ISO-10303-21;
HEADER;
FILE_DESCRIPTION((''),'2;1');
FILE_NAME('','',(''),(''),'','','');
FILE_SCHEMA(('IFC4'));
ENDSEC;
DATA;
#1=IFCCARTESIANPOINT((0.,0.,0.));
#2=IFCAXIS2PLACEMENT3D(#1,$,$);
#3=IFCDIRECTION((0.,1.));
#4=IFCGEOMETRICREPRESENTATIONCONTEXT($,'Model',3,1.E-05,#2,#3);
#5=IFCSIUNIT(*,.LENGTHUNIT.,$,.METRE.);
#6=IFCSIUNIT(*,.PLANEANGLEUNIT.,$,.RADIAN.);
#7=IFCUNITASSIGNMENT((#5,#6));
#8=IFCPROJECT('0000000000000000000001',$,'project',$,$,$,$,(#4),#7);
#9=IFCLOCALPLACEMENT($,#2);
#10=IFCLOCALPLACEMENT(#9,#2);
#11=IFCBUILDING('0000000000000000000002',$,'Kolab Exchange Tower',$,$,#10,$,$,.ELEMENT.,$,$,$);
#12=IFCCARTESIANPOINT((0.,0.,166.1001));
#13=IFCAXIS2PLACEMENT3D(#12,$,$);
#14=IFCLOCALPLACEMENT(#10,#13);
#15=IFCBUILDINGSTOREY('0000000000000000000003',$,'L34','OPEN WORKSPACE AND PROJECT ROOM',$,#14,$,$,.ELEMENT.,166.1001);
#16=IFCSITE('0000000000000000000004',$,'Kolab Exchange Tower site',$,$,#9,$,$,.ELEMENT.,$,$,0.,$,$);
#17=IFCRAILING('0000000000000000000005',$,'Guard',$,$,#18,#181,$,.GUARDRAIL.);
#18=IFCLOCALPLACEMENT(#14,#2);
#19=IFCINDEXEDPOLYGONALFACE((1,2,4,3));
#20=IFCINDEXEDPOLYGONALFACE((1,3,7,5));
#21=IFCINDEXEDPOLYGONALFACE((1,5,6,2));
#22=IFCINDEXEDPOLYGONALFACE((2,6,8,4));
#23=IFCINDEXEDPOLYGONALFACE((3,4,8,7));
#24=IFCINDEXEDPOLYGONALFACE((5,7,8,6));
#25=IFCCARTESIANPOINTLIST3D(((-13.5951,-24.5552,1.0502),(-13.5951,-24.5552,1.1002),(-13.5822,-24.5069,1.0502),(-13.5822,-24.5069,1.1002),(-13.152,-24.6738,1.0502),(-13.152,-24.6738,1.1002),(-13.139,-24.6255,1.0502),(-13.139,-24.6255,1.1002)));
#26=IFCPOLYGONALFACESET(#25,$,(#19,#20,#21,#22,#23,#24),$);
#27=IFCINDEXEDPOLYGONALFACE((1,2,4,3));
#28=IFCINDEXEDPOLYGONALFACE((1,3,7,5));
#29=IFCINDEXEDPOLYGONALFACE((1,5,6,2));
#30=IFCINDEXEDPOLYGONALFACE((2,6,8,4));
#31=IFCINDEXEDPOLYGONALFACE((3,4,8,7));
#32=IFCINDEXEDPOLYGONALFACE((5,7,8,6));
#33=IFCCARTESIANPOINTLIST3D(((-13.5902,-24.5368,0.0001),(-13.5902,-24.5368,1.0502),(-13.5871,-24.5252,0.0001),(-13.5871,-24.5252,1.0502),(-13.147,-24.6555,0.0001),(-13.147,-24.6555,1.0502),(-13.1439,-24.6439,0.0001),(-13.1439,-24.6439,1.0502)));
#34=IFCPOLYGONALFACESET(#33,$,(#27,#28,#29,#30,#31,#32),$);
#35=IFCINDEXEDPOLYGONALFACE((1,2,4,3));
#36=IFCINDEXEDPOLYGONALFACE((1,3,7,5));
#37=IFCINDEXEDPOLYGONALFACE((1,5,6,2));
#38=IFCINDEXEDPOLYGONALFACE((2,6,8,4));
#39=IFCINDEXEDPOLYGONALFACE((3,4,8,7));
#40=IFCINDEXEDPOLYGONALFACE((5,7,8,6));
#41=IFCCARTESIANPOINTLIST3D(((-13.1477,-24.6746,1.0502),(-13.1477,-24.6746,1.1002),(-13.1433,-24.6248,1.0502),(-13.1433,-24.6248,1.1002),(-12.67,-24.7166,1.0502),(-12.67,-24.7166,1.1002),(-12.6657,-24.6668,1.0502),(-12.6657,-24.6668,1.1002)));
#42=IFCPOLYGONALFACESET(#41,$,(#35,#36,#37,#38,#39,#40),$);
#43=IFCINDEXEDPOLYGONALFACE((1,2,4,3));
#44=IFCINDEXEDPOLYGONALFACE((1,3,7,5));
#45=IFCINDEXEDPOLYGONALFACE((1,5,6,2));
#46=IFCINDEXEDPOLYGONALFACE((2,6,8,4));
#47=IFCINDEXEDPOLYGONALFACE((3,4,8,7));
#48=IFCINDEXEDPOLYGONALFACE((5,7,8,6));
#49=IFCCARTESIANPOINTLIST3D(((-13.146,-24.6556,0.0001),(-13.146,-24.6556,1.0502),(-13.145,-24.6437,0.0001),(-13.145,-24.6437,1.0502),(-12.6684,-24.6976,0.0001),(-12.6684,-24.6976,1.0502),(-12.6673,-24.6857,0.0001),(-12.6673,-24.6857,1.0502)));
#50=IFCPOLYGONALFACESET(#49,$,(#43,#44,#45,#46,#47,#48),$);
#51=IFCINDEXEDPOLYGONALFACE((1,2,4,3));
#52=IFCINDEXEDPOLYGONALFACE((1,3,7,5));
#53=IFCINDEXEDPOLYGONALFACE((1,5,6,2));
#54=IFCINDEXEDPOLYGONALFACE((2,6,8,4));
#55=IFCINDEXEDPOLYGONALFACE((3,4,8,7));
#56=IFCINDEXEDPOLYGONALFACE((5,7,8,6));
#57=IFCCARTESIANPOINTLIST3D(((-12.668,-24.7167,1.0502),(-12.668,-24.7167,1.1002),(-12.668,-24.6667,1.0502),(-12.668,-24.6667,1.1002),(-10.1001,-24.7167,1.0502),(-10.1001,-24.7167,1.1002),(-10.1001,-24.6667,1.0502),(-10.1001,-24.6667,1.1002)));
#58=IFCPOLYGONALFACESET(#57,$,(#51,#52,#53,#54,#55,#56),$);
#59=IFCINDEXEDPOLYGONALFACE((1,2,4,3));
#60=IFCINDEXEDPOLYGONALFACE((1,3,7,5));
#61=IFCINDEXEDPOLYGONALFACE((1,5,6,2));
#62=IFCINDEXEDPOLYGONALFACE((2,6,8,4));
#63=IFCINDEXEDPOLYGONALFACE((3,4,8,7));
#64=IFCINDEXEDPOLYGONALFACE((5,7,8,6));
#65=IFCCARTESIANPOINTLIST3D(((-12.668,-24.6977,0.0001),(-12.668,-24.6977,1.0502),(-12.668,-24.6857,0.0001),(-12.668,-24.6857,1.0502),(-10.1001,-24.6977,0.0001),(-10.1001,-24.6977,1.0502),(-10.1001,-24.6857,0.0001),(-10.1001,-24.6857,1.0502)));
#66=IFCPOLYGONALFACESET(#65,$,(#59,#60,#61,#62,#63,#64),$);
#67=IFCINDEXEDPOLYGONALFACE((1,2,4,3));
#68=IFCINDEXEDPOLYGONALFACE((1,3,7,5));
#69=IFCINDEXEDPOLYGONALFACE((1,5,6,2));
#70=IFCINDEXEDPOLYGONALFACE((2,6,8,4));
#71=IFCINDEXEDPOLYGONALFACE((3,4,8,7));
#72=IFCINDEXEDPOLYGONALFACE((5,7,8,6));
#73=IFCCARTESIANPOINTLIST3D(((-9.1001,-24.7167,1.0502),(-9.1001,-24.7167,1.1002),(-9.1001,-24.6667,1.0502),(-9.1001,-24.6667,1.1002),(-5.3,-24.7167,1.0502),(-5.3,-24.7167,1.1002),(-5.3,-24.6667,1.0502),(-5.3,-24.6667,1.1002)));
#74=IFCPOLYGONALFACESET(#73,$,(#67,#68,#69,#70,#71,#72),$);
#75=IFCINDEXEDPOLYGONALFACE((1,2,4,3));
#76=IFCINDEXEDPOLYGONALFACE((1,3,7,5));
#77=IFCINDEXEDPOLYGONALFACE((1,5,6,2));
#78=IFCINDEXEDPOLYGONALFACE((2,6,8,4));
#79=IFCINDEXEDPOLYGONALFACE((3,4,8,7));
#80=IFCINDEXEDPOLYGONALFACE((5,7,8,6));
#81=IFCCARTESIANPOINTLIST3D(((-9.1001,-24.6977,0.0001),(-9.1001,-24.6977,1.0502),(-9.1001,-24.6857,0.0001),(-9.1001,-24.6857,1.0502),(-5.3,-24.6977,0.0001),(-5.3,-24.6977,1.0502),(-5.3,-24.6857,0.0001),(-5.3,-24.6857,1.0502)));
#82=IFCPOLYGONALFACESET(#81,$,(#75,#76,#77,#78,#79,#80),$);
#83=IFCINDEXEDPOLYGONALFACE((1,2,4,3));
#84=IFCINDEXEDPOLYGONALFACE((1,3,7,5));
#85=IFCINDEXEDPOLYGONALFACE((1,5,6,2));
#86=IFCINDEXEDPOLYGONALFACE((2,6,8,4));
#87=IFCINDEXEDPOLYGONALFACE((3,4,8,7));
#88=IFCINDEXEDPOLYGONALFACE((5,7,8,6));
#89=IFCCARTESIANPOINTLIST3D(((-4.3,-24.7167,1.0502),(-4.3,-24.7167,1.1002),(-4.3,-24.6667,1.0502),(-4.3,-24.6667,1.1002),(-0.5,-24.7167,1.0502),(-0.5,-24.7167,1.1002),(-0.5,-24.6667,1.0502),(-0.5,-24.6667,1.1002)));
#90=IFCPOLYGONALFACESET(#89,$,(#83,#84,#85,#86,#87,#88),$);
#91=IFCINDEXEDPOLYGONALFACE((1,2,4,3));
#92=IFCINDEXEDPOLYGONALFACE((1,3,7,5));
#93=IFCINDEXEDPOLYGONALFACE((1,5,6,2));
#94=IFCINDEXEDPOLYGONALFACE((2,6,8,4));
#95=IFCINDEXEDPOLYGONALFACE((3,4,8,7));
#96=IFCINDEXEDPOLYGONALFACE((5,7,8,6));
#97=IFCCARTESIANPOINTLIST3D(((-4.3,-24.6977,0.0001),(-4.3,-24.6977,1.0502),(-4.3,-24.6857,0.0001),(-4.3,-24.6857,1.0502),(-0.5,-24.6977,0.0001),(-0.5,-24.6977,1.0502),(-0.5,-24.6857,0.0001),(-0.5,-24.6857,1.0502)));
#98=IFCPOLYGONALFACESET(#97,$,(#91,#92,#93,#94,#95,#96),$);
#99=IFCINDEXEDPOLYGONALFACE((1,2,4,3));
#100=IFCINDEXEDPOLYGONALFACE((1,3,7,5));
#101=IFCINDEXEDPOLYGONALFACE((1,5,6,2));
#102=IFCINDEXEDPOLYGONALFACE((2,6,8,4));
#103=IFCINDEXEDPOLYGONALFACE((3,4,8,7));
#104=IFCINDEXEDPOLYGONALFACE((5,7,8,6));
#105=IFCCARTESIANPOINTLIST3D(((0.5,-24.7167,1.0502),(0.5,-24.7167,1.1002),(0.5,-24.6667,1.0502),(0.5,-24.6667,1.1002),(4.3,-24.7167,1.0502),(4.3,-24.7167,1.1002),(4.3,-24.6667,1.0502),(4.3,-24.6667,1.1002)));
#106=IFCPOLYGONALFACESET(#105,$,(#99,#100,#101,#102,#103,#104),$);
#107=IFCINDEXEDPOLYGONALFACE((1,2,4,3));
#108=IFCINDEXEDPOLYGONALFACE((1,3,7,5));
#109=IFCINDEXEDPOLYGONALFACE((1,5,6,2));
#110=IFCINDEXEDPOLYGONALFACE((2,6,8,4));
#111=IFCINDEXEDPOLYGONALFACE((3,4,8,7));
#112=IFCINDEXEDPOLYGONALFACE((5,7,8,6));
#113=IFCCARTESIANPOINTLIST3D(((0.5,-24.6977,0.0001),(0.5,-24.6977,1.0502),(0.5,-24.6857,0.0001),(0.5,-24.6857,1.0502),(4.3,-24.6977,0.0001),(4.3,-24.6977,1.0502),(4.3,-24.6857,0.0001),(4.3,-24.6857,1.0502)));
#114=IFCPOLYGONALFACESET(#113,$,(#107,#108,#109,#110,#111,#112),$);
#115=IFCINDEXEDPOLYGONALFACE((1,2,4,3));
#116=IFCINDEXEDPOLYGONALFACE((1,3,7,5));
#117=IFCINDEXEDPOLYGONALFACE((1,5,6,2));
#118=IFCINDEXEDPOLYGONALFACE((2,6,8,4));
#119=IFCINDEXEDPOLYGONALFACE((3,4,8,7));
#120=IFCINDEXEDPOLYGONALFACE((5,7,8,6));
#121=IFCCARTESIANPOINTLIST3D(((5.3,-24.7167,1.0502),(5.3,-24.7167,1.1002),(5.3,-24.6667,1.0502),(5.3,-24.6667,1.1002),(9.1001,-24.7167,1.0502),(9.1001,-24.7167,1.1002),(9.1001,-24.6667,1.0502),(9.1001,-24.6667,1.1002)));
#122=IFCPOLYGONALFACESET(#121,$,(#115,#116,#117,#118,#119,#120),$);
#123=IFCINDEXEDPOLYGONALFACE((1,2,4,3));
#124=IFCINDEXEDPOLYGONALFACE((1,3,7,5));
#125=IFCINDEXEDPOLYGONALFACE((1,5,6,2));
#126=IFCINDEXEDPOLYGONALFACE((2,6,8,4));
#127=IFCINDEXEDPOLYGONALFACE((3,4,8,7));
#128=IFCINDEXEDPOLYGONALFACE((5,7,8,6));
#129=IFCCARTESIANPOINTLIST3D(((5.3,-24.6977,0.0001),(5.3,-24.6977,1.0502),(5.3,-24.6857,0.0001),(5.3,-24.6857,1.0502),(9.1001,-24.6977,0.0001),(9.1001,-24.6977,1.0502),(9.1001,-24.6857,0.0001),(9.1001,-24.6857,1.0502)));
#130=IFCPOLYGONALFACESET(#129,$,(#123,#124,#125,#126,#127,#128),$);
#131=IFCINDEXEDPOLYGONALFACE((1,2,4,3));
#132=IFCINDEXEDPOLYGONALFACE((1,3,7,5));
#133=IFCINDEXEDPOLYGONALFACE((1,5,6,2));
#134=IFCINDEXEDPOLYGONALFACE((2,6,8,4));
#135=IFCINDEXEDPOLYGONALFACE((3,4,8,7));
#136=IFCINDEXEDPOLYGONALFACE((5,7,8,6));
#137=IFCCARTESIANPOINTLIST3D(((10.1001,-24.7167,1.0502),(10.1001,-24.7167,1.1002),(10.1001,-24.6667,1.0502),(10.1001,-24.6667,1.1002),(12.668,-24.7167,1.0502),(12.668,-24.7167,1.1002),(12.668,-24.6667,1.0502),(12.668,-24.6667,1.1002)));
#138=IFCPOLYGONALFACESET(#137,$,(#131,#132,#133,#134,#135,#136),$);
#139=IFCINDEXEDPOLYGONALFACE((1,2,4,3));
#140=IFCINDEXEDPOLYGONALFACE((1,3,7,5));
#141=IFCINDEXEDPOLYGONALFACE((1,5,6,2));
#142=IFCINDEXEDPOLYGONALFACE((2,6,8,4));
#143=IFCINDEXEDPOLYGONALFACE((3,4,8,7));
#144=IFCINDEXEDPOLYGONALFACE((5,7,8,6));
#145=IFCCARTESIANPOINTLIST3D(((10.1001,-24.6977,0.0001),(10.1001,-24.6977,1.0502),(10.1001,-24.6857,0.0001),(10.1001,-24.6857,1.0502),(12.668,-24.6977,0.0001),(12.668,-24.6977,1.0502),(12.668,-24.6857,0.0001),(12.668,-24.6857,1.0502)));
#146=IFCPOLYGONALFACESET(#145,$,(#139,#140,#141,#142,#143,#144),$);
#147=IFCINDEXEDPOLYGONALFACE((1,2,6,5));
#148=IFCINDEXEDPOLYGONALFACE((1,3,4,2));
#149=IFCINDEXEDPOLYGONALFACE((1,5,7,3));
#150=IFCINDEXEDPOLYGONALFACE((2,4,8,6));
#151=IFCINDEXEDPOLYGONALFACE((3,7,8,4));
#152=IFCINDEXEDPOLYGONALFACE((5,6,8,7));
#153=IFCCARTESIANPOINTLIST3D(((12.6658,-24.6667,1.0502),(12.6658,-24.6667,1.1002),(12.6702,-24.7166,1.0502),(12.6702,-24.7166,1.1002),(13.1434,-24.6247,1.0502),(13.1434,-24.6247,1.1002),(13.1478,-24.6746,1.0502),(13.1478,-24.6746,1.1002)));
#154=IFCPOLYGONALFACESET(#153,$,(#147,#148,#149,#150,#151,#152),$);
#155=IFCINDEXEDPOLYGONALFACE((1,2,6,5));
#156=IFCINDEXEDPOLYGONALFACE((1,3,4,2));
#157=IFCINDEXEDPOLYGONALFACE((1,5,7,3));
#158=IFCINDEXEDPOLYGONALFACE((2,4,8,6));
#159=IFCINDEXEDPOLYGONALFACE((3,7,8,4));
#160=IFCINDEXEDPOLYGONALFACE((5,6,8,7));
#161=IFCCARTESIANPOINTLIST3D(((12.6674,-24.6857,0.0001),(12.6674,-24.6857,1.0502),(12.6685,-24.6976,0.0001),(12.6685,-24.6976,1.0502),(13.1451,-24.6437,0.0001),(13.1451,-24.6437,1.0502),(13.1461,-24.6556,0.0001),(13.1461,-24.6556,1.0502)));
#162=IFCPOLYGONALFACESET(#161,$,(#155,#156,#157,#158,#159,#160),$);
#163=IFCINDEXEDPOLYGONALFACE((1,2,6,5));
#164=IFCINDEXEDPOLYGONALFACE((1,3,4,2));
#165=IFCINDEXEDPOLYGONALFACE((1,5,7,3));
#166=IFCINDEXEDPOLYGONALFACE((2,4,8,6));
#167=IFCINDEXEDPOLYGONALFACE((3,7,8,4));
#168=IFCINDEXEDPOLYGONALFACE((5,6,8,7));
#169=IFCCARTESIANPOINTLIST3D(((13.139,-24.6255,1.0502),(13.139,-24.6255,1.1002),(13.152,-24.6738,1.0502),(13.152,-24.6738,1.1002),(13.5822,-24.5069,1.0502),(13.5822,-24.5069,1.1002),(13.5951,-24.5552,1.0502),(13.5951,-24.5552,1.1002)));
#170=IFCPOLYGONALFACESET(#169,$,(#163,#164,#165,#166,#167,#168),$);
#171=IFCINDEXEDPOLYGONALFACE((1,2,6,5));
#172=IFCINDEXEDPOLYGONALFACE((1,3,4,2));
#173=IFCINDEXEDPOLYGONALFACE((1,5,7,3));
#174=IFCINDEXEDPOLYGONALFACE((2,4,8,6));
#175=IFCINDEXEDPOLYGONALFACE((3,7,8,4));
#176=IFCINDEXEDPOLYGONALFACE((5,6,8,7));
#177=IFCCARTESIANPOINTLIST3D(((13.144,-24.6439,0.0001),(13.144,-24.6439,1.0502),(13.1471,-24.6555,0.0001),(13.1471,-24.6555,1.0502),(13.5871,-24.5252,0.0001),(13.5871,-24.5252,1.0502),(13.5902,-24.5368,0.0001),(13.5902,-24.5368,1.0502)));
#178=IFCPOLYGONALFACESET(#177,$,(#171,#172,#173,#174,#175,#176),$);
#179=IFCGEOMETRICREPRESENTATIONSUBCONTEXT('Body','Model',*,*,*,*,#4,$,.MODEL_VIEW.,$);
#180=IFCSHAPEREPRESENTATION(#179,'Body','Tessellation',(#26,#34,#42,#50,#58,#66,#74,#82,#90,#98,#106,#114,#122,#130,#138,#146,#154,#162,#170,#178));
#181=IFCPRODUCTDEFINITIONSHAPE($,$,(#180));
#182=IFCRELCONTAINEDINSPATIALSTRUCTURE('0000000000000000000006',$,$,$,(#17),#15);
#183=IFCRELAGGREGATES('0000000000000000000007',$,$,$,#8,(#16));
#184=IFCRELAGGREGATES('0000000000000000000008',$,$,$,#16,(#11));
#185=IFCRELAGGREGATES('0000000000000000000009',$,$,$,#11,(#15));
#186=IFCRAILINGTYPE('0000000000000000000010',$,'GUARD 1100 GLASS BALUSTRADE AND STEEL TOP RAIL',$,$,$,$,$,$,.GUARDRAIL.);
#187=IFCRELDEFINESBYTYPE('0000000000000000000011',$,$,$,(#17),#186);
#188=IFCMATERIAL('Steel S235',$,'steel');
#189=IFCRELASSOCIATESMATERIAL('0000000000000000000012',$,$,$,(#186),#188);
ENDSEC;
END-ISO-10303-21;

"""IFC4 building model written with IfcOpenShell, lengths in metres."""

from ifc_helpers import new_model, si_unit, direction, frame, frame_2d, origin, origin_2d, place, context, subcontext, project, spatial, rectangle, extrude, material, type_object, element, save


model = new_model("IFC4")

# Units and contexts
model_context = context("Model", 3, precision=1e-05, world=origin(), true_north=direction((0.0, 1.0)))
body_context = subcontext(model_context, "Body", "Model", "MODEL_VIEW")
ifc_project = project(units=[si_unit("LENGTHUNIT", "METRE"), si_unit("PLANEANGLEUNIT", "RADIAN")], contexts=[model_context])

# Site, building, storey
site_placement = place(None, origin())
site = spatial("IfcSite", under=ifc_project, at=site_placement, Name="Kolab Exchange Tower site", CompositionType="ELEMENT", RefElevation=0.0)
building_placement = place(site_placement, origin())
building = spatial("IfcBuilding", under=site, at=building_placement, Name="Kolab Exchange Tower", CompositionType="ELEMENT")
storey_placement = place(building_placement, frame((0.0, 0.0, 166.1001)))
storey = spatial("IfcBuildingStorey", under=building, at=storey_placement, Name="L34", Description="OPEN WORKSPACE AND PROJECT ROOM", CompositionType="ELEMENT", Elevation=166.1001)

# Shared definitions
ifc_material_1 = material(Name="Steel S235", Category="steel")

# Railing
railing_type = type_object("IfcRailingType", Name="GUARD 1100 GLASS BALUSTRADE AND STEEL TOP RAIL", PredefinedType="GUARDRAIL", material=ifc_material_1)
railing_placement = place(storey_placement, frame((-13.5886, -24.531, 0.0)))
element("IfcRailing", 1, at=railing_placement, inside=storey, type_object=railing_type, Name="Guard", PredefinedType="GUARDRAIL", context=body_context, shape_type="SweptSolid", body=[
    extrude(rectangle(XDim=0.05, YDim=0.05, at=origin_2d()), frame((0.0, 0.0, 1.0752), z_axis=(0.965969, -0.258656, 0.0), x_axis=(0.258656, 0.965969, 0.0)), (0.0, 0.0, 1.0), 0.4587),
    extrude(rectangle(XDim=0.012, YDim=1.0501, at=frame_2d((0.0, 0.5251))), frame((0.0, 0.0, 0.0), z_axis=(0.965969, -0.258656, 0.0), x_axis=(0.258656, 0.965969, 0.0)), (0.0, 0.0, 1.0), 0.4587),
    extrude(rectangle(XDim=0.05, YDim=0.05, at=origin_2d()), frame((0.4431, -0.1187, 1.0752), z_axis=(0.996156, -0.087597, 0.0), x_axis=(0.087597, 0.996156, 0.0)), (0.0, 0.0, 1.0), 0.4795),
    extrude(rectangle(XDim=0.012, YDim=1.0501, at=frame_2d((0.0, 0.5251))), frame((0.4431, -0.1187, 0.0), z_axis=(0.996156, -0.087597, 0.0), x_axis=(0.087597, 0.996156, 0.0)), (0.0, 0.0, 1.0), 0.4795),
    extrude(rectangle(XDim=0.05, YDim=0.05, at=origin_2d()), frame((0.9207, -0.1606, 1.0752), z_axis=(1.0, 0.0, 0.0), x_axis=(0.0, 1.0, 0.0)), (0.0, 0.0, 1.0), 2.5679),
    extrude(rectangle(XDim=0.012, YDim=1.0501, at=frame_2d((0.0, 0.5251))), frame((0.9207, -0.1606, 0.0), z_axis=(1.0, 0.0, 0.0), x_axis=(0.0, 1.0, 0.0)), (0.0, 0.0, 1.0), 2.5679),
    extrude(rectangle(XDim=0.05, YDim=0.05, at=origin_2d()), frame((4.4885, -0.1606, 1.0752), z_axis=(1.0, 0.0, 0.0), x_axis=(0.0, 1.0, 0.0)), (0.0, 0.0, 1.0), 3.8),
    extrude(rectangle(XDim=0.012, YDim=1.0501, at=frame_2d((0.0, 0.5251))), frame((4.4885, -0.1606, 0.0), z_axis=(1.0, 0.0, 0.0), x_axis=(0.0, 1.0, 0.0)), (0.0, 0.0, 1.0), 3.8),
    extrude(rectangle(XDim=0.05, YDim=0.05, at=origin_2d()), frame((9.2886, -0.1606, 1.0752), z_axis=(1.0, 0.0, 0.0), x_axis=(0.0, 1.0, 0.0)), (0.0, 0.0, 1.0), 3.8),
    extrude(rectangle(XDim=0.012, YDim=1.0501, at=frame_2d((0.0, 0.5251))), frame((9.2886, -0.1606, 0.0), z_axis=(1.0, 0.0, 0.0), x_axis=(0.0, 1.0, 0.0)), (0.0, 0.0, 1.0), 3.8),
    extrude(rectangle(XDim=0.05, YDim=0.05, at=origin_2d()), frame((14.0886, -0.1606, 1.0752), z_axis=(1.0, 0.0, 0.0), x_axis=(0.0, 1.0, 0.0)), (0.0, 0.0, 1.0), 3.8),
    extrude(rectangle(XDim=0.012, YDim=1.0501, at=frame_2d((0.0, 0.5251))), frame((14.0886, -0.1606, 0.0), z_axis=(1.0, 0.0, 0.0), x_axis=(0.0, 1.0, 0.0)), (0.0, 0.0, 1.0), 3.8),
    extrude(rectangle(XDim=0.05, YDim=0.05, at=origin_2d()), frame((18.8887, -0.1606, 1.0752), z_axis=(1.0, 0.0, 0.0), x_axis=(0.0, 1.0, 0.0)), (0.0, 0.0, 1.0), 3.8),
    extrude(rectangle(XDim=0.012, YDim=1.0501, at=frame_2d((0.0, 0.5251))), frame((18.8887, -0.1606, 0.0), z_axis=(1.0, 0.0, 0.0), x_axis=(0.0, 1.0, 0.0)), (0.0, 0.0, 1.0), 3.8),
    extrude(rectangle(XDim=0.05, YDim=0.05, at=origin_2d()), frame((23.6887, -0.1606, 1.0752), z_axis=(1.0, 0.0, 0.0), x_axis=(0.0, 1.0, 0.0)), (0.0, 0.0, 1.0), 2.5679),
    extrude(rectangle(XDim=0.012, YDim=1.0501, at=frame_2d((0.0, 0.5251))), frame((23.6887, -0.1606, 0.0), z_axis=(1.0, 0.0, 0.0), x_axis=(0.0, 1.0, 0.0)), (0.0, 0.0, 1.0), 2.5679),
    extrude(rectangle(XDim=0.05, YDim=0.05, at=origin_2d()), frame((26.2566, -0.1606, 1.0752), z_axis=(0.996156, 0.087597, 0.0), x_axis=(-0.087597, 0.996156, 0.0)), (0.0, 0.0, 1.0), 0.4795),
    extrude(rectangle(XDim=0.012, YDim=1.0501, at=frame_2d((0.0, 0.5251))), frame((26.2566, -0.1606, 0.0), z_axis=(0.996156, 0.087597, 0.0), x_axis=(-0.087597, 0.996156, 0.0)), (0.0, 0.0, 1.0), 0.4795),
    extrude(rectangle(XDim=0.05, YDim=0.05, at=origin_2d()), frame((26.7341, -0.1187, 1.0752), z_axis=(0.965969, 0.258656, 0.0), x_axis=(-0.258656, 0.965969, 0.0)), (0.0, 0.0, 1.0), 0.4587),
    extrude(rectangle(XDim=0.012, YDim=1.0501, at=frame_2d((0.0, 0.5251))), frame((26.7341, -0.1187, 0.0), z_axis=(0.965969, 0.258656, 0.0), x_axis=(-0.258656, 0.965969, 0.0)), (0.0, 0.0, 1.0), 0.4587),
])

save(model, "model.ifc")
